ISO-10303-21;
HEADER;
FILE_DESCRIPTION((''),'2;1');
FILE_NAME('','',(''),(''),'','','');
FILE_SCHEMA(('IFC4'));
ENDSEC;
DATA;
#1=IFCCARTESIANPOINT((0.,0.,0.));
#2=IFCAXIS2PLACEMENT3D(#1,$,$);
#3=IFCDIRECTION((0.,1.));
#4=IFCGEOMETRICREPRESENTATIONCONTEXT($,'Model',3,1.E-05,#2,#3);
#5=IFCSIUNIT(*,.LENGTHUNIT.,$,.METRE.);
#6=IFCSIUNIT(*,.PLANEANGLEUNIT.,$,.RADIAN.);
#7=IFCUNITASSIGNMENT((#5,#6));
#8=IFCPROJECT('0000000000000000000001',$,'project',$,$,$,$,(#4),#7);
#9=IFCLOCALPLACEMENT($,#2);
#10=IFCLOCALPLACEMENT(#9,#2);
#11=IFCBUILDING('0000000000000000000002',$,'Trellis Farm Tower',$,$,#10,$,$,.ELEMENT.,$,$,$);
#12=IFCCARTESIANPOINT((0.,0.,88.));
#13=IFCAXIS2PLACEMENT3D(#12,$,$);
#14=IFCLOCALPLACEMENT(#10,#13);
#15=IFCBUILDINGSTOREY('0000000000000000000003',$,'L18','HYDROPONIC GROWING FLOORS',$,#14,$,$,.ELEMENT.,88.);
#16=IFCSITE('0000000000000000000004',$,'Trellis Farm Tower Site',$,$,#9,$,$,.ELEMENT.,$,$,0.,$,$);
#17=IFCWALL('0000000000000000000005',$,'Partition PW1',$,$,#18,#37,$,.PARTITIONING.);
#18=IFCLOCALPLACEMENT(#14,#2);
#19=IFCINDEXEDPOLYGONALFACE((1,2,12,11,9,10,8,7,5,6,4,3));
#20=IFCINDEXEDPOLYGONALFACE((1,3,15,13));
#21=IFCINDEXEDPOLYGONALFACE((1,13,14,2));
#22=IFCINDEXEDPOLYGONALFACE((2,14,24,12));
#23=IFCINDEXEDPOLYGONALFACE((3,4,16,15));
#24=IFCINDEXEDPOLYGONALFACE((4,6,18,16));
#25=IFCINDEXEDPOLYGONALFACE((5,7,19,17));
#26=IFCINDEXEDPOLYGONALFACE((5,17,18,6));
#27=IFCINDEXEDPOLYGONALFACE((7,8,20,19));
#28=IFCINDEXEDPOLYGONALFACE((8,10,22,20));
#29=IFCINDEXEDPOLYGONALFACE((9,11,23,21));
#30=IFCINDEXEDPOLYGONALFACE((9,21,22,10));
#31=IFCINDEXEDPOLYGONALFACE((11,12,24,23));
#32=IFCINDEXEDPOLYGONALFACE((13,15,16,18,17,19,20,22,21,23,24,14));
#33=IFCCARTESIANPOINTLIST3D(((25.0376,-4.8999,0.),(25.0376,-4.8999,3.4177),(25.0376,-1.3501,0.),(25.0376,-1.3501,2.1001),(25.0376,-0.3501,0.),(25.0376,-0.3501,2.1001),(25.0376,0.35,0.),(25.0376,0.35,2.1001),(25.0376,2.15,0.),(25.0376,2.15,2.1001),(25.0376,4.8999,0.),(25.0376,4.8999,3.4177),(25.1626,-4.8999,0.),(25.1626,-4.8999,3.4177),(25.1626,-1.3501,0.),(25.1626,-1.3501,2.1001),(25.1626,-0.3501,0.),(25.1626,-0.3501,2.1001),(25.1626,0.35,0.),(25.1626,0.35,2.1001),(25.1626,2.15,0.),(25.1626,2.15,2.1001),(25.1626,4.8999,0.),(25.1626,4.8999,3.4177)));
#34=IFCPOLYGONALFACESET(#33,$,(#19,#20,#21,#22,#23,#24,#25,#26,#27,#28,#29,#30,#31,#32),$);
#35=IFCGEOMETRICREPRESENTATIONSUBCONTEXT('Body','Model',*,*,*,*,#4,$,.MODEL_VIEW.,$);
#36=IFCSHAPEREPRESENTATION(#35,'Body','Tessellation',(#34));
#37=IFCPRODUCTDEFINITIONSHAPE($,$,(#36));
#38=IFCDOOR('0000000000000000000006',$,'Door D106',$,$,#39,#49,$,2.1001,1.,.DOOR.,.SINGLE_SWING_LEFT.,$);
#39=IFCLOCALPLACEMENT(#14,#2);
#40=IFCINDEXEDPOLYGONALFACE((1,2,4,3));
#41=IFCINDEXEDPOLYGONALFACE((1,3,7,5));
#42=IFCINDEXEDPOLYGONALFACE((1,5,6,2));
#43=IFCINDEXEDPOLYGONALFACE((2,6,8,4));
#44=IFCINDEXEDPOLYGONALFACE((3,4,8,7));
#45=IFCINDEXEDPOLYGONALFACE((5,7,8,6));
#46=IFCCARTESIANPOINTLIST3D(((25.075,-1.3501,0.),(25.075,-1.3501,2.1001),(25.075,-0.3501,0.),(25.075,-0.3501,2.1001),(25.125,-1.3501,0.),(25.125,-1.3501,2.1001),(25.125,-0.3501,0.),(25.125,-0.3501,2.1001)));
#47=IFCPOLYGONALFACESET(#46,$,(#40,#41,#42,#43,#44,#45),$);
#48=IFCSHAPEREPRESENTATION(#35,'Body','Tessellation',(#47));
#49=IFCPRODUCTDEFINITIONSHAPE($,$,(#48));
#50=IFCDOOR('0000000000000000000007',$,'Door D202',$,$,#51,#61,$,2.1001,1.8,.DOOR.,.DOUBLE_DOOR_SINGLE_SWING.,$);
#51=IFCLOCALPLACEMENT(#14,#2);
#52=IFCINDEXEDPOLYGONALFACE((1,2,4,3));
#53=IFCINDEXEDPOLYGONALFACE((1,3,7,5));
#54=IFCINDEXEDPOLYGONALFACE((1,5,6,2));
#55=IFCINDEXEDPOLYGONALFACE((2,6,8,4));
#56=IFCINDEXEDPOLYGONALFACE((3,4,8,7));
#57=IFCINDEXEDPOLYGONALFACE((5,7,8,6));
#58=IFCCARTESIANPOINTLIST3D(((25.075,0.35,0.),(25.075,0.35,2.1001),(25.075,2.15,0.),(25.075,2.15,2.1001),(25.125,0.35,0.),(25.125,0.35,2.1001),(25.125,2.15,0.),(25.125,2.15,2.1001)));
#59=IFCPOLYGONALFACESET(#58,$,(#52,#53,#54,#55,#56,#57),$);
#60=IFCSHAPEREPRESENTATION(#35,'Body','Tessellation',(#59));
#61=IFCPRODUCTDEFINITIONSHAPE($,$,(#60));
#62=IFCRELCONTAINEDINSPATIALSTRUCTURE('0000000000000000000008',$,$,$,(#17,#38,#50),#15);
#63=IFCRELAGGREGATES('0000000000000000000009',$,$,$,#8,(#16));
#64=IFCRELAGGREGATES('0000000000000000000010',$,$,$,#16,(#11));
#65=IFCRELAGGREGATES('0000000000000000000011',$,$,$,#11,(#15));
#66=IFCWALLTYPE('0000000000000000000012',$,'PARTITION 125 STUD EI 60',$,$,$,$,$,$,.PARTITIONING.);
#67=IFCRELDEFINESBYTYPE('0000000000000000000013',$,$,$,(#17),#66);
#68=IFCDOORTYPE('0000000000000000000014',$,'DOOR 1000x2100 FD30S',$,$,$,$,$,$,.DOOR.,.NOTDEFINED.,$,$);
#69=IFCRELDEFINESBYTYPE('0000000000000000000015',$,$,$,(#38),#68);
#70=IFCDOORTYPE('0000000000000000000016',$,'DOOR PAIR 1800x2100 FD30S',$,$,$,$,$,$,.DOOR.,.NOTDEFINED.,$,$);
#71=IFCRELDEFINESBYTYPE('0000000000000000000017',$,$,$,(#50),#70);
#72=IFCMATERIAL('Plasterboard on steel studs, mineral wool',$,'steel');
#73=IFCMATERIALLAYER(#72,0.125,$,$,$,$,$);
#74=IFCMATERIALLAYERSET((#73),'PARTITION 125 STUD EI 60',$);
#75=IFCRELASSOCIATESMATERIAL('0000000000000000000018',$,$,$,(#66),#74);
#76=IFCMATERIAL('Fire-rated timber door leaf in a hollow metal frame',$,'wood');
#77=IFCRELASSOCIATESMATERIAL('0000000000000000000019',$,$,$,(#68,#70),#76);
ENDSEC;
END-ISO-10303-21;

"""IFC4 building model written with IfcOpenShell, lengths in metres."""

from ifc_helpers import new_model, si_unit, direction, frame, frame_2d, origin, place, context, subcontext, project, spatial, rectangle, extrude, source, transform, mapped, material, layer, layer_set, type_object, element, fill, save


model = new_model("IFC4")

# Units and contexts
model_context = context("Model", 3, precision=1e-05, world=origin(), true_north=direction((0.0, 1.0)))
body_context = subcontext(model_context, "Body", "Model", "MODEL_VIEW")
ifc_project = project(units=[si_unit("LENGTHUNIT", "METRE"), si_unit("PLANEANGLEUNIT", "RADIAN")], contexts=[model_context])

# Site, building, storey
site_placement = place(None, origin())
site = spatial("IfcSite", under=ifc_project, at=site_placement, Name="Trellis Farm Tower Site", CompositionType="ELEMENT", RefElevation=0.0)
building_placement = place(site_placement, origin())
building = spatial("IfcBuilding", under=site, at=building_placement, Name="Trellis Farm Tower", CompositionType="ELEMENT")
storey_placement = place(building_placement, frame((0.0, 0.0, 88.0)))
storey = spatial("IfcBuildingStorey", under=building, at=storey_placement, Name="L18", Description="HYDROPONIC GROWING FLOORS", CompositionType="ELEMENT", Elevation=88.0)

# Wall, openings, doors
ifc_material_1 = material(Name="Plasterboard on steel studs, mineral wool", Category="steel")
ifc_layer_1 = layer(ifc_material_1, 0.125)
ifc_layer_set_1 = layer_set([ifc_layer_1], Name="PARTITION 125 STUD EI 60")
wall_type_1 = type_object("IfcWallType", Name="PARTITION 125 STUD EI 60", PredefinedType="PARTITIONING", material=ifc_layer_set_1)
shared_shape_1 = source(origin(), body_context, "Body", "SweptSolid", [
    extrude(rectangle(XDim=9.7998, YDim=0.125, at=frame_2d((4.8999, 0.0))), origin(), (0.0, 0.0, 1.0), 3.4177),
])
wall_1_placement = place(storey_placement, frame((25.1001, 4.8999, 0.0), z_axis=(0.0, 0.0, 1.0), x_axis=(0.0, -1.0, 0.0)))
wall_1 = element("IfcWall", 1, at=wall_1_placement, inside=storey, type_object=wall_type_1, Name="Partition PW1", PredefinedType="PARTITIONING", context=body_context, shape_type="MappedRepresentation", body=[
    mapped(shared_shape_1, transform((0.0, 0.0, 0.0))),
])
shared_shape_2 = source(origin(), body_context, "Body", "SweptSolid", [
    extrude(rectangle(XDim=1.0, YDim=2.1001, at=frame_2d((0.5, 1.05))), frame((0.0, 0.0725, 0.0), z_axis=(0.0, -1.0, 0.0), x_axis=(1.0, 0.0, 0.0)), (0.0, 0.0, 1.0), 0.145),
])
opening_1_placement = place(wall_1_placement, frame((5.25, 0.0, 0.0)))
opening_1 = element("IfcOpeningElement", 2, at=opening_1_placement, cuts=wall_1, PredefinedType="OPENING", context=body_context, shape_type="MappedRepresentation", body=[
    mapped(shared_shape_2, transform((0.0, 0.0, 0.0))),
])
shared_shape_3 = source(origin(), body_context, "Body", "SweptSolid", [
    extrude(rectangle(XDim=1.8, YDim=2.1001, at=frame_2d((0.8999, 1.05))), frame((0.0, 0.0725, 0.0), z_axis=(0.0, -1.0, 0.0), x_axis=(1.0, 0.0, 0.0)), (0.0, 0.0, 1.0), 0.145),
])
opening_2_placement = place(wall_1_placement, frame((2.75, 0.0, 0.0)))
opening_2 = element("IfcOpeningElement", 3, at=opening_2_placement, cuts=wall_1, PredefinedType="OPENING", context=body_context, shape_type="MappedRepresentation", body=[
    mapped(shared_shape_3, transform((0.0, 0.0, 0.0))),
])
ifc_material_2 = material(Name="Fire-rated timber door leaf in a hollow metal frame", Category="wood")
door_type_1 = type_object("IfcDoorType", Name="DOOR 1000x2100 FD30S", OperationType="NOTDEFINED", PredefinedType="DOOR", material=ifc_material_2)
shared_shape_4 = source(origin(), body_context, "Body", "SweptSolid", [
    extrude(rectangle(XDim=1.0, YDim=2.1001, at=frame_2d((0.5, 1.05))), frame((0.0, 0.0249, 0.0), z_axis=(0.0, -1.0, 0.0), x_axis=(1.0, 0.0, 0.0)), (0.0, 0.0, 1.0), 0.05),
])
door_1_placement = place(opening_1_placement, origin())
door_1 = element("IfcDoor", 4, at=door_1_placement, inside=storey, type_object=door_type_1, Name="Door D106", OperationType="SINGLE_SWING_LEFT", OverallHeight=2.1001, OverallWidth=1.0, PredefinedType="DOOR", context=body_context, shape_type="MappedRepresentation", body=[
    mapped(shared_shape_4, transform((0.0, 0.0, 0.0))),
])
fill(opening_1, door_1)
door_type_2 = type_object("IfcDoorType", Name="DOOR PAIR 1800x2100 FD30S", OperationType="NOTDEFINED", PredefinedType="DOOR", material=ifc_material_2)
shared_shape_5 = source(origin(), body_context, "Body", "SweptSolid", [
    extrude(rectangle(XDim=1.8, YDim=2.1001, at=frame_2d((0.8999, 1.05))), frame((0.0, 0.0249, 0.0), z_axis=(0.0, -1.0, 0.0), x_axis=(1.0, 0.0, 0.0)), (0.0, 0.0, 1.0), 0.05),
])
door_2_placement = place(opening_2_placement, origin())
door_2 = element("IfcDoor", 5, at=door_2_placement, inside=storey, type_object=door_type_2, Name="Door D202", OperationType="DOUBLE_DOOR_SINGLE_SWING", OverallHeight=2.1001, OverallWidth=1.8, PredefinedType="DOOR", context=body_context, shape_type="MappedRepresentation", body=[
    mapped(shared_shape_5, transform((0.0, 0.0, 0.0))),
])
fill(opening_2, door_2)

save(model, "model.ifc")
